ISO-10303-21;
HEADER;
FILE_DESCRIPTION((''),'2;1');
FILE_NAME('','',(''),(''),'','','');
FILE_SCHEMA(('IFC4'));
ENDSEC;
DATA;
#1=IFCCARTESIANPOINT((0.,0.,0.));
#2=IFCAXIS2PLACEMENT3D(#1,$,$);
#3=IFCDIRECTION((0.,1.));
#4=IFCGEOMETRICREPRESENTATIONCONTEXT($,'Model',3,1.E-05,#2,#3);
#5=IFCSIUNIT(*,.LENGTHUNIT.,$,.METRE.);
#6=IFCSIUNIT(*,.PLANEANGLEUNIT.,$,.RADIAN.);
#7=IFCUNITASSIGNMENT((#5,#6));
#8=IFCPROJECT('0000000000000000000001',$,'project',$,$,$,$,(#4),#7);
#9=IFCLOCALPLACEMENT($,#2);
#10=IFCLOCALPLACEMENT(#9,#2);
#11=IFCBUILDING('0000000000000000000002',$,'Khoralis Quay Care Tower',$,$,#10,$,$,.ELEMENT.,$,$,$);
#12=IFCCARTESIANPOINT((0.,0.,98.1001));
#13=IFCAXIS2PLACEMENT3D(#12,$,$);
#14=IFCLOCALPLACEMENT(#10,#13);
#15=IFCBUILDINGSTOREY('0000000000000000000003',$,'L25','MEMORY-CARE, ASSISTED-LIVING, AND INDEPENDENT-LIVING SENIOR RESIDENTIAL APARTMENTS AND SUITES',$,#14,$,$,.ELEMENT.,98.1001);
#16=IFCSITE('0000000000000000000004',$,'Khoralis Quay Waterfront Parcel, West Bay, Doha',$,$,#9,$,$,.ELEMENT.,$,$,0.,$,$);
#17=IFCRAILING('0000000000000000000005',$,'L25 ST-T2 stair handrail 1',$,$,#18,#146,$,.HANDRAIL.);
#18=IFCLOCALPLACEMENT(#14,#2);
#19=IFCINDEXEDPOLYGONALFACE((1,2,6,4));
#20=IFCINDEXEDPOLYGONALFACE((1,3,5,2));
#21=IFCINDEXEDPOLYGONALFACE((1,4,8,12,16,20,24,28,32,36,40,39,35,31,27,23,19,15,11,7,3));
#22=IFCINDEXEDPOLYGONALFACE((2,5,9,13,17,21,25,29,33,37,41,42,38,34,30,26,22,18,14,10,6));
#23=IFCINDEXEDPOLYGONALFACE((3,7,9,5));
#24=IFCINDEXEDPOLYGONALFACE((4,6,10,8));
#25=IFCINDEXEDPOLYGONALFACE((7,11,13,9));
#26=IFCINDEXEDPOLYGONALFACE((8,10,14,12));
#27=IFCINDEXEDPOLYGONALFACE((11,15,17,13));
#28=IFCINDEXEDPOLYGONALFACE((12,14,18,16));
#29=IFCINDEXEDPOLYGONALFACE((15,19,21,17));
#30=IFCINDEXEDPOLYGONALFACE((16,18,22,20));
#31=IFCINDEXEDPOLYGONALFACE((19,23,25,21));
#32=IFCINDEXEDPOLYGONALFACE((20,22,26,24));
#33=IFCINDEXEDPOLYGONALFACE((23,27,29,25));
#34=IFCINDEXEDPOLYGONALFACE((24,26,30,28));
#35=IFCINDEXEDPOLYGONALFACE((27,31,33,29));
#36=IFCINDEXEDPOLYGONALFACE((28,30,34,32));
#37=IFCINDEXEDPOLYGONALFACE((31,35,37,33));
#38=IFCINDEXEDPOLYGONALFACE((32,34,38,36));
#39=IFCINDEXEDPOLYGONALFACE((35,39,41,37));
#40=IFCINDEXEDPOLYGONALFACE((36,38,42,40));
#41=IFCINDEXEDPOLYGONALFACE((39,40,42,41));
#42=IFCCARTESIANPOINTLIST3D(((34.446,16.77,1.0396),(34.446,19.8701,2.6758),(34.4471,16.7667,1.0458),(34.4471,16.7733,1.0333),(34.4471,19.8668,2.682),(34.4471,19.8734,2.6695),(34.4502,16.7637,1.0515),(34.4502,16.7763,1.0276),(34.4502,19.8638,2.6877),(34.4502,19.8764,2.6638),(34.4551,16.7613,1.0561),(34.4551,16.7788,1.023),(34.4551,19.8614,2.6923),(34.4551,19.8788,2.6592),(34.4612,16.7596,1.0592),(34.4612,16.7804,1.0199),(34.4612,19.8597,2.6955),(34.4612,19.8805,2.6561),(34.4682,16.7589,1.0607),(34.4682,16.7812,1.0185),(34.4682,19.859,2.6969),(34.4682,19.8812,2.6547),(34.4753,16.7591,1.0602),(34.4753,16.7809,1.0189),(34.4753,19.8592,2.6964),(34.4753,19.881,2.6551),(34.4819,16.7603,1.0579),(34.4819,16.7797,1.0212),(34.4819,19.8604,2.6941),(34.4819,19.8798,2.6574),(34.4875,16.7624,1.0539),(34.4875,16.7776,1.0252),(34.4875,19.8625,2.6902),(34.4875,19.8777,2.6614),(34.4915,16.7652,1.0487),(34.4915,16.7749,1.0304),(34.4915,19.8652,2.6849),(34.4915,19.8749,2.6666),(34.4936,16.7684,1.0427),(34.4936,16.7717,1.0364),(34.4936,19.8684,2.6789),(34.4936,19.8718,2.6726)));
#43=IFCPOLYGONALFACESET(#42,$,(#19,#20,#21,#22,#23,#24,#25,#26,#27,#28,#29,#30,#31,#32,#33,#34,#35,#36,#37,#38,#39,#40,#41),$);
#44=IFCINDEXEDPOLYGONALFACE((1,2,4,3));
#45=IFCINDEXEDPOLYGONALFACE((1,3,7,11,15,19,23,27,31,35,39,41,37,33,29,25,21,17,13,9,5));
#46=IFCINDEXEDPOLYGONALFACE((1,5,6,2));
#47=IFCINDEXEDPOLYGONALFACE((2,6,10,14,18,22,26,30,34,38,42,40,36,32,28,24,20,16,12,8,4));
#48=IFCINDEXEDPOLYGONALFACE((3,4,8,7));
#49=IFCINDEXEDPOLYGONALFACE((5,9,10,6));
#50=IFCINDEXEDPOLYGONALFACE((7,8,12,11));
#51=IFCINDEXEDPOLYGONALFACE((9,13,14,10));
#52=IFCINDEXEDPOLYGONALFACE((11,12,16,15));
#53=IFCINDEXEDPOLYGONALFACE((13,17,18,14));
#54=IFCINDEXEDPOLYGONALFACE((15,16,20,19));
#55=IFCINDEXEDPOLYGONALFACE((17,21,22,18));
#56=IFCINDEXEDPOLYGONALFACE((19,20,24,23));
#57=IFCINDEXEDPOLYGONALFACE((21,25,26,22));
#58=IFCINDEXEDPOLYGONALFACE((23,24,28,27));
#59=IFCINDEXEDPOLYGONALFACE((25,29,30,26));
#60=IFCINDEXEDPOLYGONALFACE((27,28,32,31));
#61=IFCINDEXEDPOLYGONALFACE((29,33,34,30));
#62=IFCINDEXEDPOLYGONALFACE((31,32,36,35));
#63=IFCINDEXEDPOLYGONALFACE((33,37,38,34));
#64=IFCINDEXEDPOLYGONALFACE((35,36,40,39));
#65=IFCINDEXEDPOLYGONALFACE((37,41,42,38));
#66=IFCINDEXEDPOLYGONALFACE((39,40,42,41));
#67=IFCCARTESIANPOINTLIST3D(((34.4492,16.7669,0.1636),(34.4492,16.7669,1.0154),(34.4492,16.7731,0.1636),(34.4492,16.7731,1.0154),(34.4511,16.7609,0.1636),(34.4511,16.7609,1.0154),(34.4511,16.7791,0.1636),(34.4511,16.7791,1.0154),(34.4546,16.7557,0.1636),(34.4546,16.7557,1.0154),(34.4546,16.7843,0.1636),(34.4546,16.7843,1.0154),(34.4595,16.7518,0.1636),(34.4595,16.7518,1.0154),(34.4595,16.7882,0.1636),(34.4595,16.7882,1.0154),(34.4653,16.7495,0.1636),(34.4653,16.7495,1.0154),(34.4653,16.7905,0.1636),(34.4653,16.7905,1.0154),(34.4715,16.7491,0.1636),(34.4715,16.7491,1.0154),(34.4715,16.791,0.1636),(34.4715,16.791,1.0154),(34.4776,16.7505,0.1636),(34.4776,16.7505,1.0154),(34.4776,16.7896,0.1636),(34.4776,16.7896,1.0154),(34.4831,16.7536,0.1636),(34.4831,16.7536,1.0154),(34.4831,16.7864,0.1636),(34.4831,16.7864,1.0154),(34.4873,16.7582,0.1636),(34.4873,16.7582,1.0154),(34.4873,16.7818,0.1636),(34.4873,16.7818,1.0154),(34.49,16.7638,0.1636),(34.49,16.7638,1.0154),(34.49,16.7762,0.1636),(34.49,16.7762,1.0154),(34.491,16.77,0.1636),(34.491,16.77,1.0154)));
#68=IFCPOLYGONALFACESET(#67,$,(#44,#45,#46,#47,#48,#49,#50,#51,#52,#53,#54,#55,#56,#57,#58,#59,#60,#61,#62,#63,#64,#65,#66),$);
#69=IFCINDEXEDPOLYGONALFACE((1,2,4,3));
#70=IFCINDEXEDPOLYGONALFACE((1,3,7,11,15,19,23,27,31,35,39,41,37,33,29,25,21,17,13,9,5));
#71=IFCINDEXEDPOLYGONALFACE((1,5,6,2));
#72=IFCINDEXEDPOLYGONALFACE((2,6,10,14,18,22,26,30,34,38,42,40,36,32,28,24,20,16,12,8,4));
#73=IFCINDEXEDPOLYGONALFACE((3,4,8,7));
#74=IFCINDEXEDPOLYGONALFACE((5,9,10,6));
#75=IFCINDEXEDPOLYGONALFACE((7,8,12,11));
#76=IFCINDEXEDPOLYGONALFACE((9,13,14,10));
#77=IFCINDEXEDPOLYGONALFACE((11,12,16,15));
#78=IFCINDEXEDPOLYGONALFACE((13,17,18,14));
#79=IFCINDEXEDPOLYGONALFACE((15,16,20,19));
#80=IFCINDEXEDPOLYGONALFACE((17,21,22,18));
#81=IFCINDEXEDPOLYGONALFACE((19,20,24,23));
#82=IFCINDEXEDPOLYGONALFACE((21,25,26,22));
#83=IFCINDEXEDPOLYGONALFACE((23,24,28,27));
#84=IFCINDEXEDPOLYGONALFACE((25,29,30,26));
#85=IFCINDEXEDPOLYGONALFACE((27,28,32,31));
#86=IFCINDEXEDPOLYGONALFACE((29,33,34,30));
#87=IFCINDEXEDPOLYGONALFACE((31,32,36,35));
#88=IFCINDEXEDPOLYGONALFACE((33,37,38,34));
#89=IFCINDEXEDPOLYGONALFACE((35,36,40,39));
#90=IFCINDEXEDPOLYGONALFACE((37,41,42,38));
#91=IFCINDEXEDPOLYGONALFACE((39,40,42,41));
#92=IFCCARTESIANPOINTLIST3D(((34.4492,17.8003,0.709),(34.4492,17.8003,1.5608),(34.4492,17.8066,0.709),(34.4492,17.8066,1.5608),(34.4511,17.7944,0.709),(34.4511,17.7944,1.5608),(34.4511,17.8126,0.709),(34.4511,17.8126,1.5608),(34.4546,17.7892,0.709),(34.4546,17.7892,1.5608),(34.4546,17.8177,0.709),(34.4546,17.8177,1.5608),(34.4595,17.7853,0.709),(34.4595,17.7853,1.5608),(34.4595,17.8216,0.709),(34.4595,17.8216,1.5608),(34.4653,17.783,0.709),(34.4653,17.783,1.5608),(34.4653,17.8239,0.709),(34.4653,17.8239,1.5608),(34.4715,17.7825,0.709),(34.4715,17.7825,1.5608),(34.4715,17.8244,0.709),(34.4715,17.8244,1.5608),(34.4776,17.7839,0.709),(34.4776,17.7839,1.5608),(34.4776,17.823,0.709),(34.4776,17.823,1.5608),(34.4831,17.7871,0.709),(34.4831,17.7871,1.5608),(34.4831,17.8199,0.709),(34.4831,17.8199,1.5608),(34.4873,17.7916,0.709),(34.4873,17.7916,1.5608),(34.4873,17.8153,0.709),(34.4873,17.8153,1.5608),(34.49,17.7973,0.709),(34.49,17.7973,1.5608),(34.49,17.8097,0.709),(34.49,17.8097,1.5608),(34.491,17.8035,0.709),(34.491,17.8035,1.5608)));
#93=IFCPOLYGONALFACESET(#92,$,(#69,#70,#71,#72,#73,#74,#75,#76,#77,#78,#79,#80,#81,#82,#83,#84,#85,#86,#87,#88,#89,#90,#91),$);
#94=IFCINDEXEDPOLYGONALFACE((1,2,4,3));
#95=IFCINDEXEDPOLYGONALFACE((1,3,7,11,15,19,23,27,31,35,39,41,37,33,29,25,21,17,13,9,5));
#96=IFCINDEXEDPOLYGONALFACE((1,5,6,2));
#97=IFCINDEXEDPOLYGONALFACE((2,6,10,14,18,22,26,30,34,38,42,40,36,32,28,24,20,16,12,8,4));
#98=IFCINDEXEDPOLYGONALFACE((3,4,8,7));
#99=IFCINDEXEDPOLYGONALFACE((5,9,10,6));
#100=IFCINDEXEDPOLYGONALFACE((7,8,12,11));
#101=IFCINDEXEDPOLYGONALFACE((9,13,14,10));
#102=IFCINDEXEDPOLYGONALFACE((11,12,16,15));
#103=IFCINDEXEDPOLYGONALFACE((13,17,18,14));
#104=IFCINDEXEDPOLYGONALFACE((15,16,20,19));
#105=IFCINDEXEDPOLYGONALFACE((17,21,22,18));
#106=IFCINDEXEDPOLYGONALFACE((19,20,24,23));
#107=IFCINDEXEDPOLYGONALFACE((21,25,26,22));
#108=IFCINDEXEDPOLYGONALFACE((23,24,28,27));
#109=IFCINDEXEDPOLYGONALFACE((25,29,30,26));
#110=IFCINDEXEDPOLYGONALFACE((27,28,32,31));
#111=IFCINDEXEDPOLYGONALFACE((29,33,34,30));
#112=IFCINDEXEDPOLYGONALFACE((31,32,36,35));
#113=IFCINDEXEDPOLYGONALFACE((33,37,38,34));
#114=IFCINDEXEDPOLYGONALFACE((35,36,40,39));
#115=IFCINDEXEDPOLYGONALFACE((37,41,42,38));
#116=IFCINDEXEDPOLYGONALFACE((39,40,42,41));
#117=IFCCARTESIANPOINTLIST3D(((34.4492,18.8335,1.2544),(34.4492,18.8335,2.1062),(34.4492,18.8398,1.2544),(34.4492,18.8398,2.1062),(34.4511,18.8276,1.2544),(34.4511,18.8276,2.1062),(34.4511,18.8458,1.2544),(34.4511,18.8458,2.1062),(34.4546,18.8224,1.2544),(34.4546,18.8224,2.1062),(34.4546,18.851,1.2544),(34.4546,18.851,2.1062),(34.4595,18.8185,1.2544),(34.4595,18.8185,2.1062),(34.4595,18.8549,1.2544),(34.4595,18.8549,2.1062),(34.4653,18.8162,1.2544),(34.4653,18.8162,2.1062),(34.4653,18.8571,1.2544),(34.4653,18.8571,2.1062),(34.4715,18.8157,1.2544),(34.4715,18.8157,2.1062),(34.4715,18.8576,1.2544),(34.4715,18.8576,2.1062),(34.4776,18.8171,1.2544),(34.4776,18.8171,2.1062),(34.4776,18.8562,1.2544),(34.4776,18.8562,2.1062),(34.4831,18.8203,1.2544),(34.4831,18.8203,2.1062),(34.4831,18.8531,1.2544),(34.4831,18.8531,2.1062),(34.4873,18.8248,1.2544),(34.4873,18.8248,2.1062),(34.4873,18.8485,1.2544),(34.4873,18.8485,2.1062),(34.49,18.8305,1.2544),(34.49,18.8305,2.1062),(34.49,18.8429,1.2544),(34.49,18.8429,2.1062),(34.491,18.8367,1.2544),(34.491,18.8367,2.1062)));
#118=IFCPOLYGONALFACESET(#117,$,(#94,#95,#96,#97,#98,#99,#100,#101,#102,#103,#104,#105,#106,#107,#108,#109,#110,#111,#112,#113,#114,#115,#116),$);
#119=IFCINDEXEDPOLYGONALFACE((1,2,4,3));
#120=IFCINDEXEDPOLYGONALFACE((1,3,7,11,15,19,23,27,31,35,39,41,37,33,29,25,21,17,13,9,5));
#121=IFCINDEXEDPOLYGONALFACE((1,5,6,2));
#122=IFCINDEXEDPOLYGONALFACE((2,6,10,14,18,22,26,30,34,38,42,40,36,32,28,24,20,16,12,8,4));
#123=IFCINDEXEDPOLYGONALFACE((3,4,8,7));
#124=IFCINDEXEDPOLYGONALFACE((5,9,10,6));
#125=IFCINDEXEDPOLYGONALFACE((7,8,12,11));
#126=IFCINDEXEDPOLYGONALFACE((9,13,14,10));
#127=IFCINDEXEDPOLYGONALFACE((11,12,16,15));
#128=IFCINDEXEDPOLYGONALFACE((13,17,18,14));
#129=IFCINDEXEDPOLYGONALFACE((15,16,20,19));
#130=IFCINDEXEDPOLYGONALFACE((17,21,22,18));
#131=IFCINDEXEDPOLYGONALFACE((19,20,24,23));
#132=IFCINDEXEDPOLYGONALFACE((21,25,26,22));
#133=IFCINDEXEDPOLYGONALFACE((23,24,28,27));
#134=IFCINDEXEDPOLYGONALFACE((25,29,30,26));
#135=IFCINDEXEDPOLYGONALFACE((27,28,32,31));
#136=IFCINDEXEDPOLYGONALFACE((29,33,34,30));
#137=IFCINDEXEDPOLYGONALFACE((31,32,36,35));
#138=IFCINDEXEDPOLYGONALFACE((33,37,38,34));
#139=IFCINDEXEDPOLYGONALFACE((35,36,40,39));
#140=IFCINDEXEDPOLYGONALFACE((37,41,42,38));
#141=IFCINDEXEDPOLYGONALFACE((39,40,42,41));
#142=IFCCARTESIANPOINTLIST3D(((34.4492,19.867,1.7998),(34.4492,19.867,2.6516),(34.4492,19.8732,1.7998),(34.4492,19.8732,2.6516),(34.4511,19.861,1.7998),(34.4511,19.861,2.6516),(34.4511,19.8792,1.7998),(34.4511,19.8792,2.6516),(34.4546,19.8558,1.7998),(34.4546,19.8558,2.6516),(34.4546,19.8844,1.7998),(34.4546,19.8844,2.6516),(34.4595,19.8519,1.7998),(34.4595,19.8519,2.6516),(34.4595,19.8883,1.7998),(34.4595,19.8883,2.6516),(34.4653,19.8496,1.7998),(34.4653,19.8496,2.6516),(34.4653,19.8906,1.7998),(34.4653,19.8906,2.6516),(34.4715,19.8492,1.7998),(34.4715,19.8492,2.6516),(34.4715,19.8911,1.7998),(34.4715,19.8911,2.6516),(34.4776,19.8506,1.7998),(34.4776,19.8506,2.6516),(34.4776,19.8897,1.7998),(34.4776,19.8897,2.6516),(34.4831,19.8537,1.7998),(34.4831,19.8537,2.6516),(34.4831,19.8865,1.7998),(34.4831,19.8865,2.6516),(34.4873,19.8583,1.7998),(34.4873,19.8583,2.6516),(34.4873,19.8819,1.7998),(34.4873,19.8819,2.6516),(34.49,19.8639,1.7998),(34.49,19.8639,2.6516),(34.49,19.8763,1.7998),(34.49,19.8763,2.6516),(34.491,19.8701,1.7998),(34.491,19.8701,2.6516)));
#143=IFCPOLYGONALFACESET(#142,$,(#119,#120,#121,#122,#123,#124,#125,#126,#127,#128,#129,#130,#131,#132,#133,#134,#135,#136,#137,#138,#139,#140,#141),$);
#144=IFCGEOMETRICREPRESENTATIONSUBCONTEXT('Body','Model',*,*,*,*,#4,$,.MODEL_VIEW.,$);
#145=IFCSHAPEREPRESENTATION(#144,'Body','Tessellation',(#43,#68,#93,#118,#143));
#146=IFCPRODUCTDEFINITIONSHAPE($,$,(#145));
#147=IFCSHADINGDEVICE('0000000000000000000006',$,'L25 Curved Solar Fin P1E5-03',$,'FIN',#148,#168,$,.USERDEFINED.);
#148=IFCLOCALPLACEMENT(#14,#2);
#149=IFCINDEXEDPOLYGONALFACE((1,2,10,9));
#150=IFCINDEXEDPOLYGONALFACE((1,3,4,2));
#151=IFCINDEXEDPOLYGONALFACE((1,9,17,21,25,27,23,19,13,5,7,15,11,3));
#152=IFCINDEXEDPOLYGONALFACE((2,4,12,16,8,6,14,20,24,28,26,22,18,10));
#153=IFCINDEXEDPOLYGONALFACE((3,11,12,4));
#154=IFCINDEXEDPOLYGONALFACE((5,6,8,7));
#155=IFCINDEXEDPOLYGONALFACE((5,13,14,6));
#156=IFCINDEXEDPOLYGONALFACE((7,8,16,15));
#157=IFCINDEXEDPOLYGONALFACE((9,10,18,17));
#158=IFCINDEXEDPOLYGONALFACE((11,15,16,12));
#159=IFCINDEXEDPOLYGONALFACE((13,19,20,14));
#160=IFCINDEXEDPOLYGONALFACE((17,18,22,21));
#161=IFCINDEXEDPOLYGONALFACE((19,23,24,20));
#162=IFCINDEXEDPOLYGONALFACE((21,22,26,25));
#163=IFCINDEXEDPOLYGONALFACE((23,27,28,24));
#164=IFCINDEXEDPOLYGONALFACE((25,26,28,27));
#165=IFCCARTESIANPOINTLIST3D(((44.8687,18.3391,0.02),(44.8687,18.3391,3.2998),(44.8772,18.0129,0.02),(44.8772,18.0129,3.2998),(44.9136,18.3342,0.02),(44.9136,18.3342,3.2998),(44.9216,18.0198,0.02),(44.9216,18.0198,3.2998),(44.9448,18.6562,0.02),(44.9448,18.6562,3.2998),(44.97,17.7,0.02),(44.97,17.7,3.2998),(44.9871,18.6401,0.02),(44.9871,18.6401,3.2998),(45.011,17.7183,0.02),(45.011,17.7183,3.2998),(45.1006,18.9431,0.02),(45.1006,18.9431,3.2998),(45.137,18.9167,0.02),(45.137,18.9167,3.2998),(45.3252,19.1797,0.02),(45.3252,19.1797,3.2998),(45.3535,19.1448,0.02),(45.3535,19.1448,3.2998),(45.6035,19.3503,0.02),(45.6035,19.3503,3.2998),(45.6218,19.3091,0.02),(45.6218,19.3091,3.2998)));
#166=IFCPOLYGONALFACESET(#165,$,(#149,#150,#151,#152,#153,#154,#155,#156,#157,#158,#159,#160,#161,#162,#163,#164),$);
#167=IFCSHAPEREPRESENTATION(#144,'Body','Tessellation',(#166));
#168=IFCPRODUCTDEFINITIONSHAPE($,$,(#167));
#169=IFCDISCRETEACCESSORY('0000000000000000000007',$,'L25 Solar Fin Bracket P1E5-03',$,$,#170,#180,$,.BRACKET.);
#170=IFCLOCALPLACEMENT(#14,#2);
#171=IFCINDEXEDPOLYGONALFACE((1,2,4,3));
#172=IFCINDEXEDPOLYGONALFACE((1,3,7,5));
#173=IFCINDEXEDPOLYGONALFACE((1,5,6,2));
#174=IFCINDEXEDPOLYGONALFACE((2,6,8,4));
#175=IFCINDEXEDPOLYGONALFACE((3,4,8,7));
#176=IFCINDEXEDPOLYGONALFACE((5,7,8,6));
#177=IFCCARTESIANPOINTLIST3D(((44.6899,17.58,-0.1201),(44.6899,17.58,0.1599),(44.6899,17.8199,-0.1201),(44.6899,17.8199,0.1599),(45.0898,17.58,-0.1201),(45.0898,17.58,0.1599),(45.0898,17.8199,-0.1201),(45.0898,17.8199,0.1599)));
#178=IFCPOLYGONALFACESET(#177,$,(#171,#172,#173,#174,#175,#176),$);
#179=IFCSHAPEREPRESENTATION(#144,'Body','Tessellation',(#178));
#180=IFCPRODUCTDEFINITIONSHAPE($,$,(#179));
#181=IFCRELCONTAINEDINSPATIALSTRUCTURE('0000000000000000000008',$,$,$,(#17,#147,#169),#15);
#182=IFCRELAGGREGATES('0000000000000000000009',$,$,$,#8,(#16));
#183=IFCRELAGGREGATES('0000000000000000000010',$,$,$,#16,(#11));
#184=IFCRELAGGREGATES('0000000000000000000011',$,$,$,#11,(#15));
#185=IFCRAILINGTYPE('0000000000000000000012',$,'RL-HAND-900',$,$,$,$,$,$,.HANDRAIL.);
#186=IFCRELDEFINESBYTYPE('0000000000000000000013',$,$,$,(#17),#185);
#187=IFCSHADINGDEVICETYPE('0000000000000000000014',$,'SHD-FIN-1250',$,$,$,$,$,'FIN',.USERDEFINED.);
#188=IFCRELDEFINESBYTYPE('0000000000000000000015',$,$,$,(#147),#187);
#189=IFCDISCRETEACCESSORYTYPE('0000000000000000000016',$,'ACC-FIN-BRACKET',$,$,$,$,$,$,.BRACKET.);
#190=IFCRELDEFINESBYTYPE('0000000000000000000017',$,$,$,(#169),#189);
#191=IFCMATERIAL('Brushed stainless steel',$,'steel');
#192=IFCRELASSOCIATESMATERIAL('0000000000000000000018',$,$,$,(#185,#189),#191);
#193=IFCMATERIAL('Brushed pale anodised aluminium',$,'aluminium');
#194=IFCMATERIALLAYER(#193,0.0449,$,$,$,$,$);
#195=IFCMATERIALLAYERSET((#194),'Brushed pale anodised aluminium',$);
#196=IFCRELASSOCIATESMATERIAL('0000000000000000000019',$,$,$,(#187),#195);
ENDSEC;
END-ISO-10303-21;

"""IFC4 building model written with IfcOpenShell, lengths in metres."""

from ifc_helpers import new_model, si_unit, direction, frame, origin, origin_2d, place, context, subcontext, project, spatial, polyline, rectangle, circle, outline, extrude, source, transform, mapped, material, layer, layer_set, type_object, element, save


model = new_model("IFC4")

# Units and contexts
model_context = context("Model", 3, precision=1e-05, world=origin(), true_north=direction((0.0, 1.0)))
body_context = subcontext(model_context, "Body", "Model", "MODEL_VIEW")
ifc_project = project(units=[si_unit("LENGTHUNIT", "METRE"), si_unit("PLANEANGLEUNIT", "RADIAN")], contexts=[model_context])

# Site, building, storey
site_placement = place(None, origin())
site = spatial("IfcSite", under=ifc_project, at=site_placement, Name="Khoralis Quay Waterfront Parcel, West Bay, Doha", CompositionType="ELEMENT", RefElevation=0.0)
building_placement = place(site_placement, origin())
building = spatial("IfcBuilding", under=site, at=building_placement, Name="Khoralis Quay Care Tower", CompositionType="ELEMENT")
storey_placement = place(building_placement, frame((0.0, 0.0, 98.1001)))
storey = spatial("IfcBuildingStorey", under=building, at=storey_placement, Name="L25", Description="MEMORY-CARE, ASSISTED-LIVING, AND INDEPENDENT-LIVING SENIOR RESIDENTIAL APARTMENTS AND SUITES", CompositionType="ELEMENT", Elevation=98.1001)

# Railing
ifc_material_1 = material(Name="Brushed stainless steel", Category="steel")
railing_type_1 = type_object("IfcRailingType", Name="RL-HAND-900", PredefinedType="HANDRAIL", material=ifc_material_1)
railing_1_placement = place(storey_placement, frame((34.47, 16.77, 0.1636)))
element("IfcRailing", 1, at=railing_1_placement, inside=storey, type_object=railing_type_1, Name="L25 ST-T2 stair handrail 1", PredefinedType="HANDRAIL", context=body_context, shape_type="SweptSolid", body=[
    extrude(circle(Radius=0.0239, at=origin_2d()), frame((0.0, 0.0, 0.876), z_axis=(0.0, 0.884377, 0.466774), x_axis=(-1.0, 0.0, 0.0)), (0.0, 0.0, 1.0), 3.5054),
    extrude(circle(Radius=0.021, at=origin_2d()), origin(), (0.0, 0.0, 1.0), 0.8518),
    extrude(circle(Radius=0.021, at=origin_2d()), frame((0.0, 1.0334, 0.5454)), (0.0, 0.0, 1.0), 0.8518),
    extrude(circle(Radius=0.021, at=origin_2d()), frame((0.0, 2.0667, 1.0908)), (0.0, 0.0, 1.0), 0.8518),
    extrude(circle(Radius=0.021, at=origin_2d()), frame((0.0, 3.1001, 1.6362)), (0.0, 0.0, 1.0), 0.8518),
])

# Shading device
ifc_material_2 = material(Name="Brushed pale anodised aluminium", Category="aluminium")
ifc_layer_1 = layer(ifc_material_2, 0.0449)
ifc_layer_set_1 = layer_set([ifc_layer_1], Name="Brushed pale anodised aluminium")
shading_device_type = type_object("IfcShadingDeviceType", Name="SHD-FIN-1250", ElementType="FIN", PredefinedType="USERDEFINED", material=ifc_layer_set_1)
shared_shape_1 = source(origin(), body_context, "Body", "SweptSolid", [
    extrude(outline(polyline([(0.0, 0.0), (-0.0928, 0.313), (-0.1013, 0.6392), (-0.0251, 0.9563), (0.1306, 1.2432), (0.3552, 1.4797), (0.6335, 1.6504), (0.6519, 1.6091), (0.3835, 1.4448), (0.167, 1.2168), (0.0171, 0.9402), (-0.0564, 0.6343), (-0.0483, 0.3198), (0.041, 0.0183), (0.0, 0.0)])), origin(), (0.0, 0.0, 1.0), 3.2798),
])
shading_device_placement = place(storey_placement, frame((44.97, 17.7, 0.02), z_axis=(0.0, 0.0, 1.0), x_axis=(1.0, 0.0, 0.0)))
element("IfcShadingDevice", 2, at=shading_device_placement, inside=storey, type_object=shading_device_type, Name="L25 Curved Solar Fin P1E5-03", ObjectType="FIN", PredefinedType="USERDEFINED", context=body_context, shape_type="MappedRepresentation", body=[
    mapped(shared_shape_1, transform((0.0, 0.0, 0.0), scale=1.0)),
])

# Discrete accessory
discrete_accessory_type = type_object("IfcDiscreteAccessoryType", Name="ACC-FIN-BRACKET", PredefinedType="BRACKET", material=ifc_material_1)
shared_shape_2 = source(origin(), body_context, "Body", "SweptSolid", [
    extrude(rectangle(XDim=0.3999, YDim=0.24, at=origin_2d()), origin(), (0.0, 0.0, 1.0), 0.28),
])
discrete_accessory_placement = place(storey_placement, frame((44.8899, 17.7, -0.1201), z_axis=(0.0, 0.0, 1.0), x_axis=(1.0, 0.0, 0.0)))
element("IfcDiscreteAccessory", 3, at=discrete_accessory_placement, inside=storey, type_object=discrete_accessory_type, Name="L25 Solar Fin Bracket P1E5-03", PredefinedType="BRACKET", context=body_context, shape_type="MappedRepresentation", body=[
    mapped(shared_shape_2, transform((0.0, 0.0, 0.0), scale=1.0)),
])

save(model, "model.ifc")
